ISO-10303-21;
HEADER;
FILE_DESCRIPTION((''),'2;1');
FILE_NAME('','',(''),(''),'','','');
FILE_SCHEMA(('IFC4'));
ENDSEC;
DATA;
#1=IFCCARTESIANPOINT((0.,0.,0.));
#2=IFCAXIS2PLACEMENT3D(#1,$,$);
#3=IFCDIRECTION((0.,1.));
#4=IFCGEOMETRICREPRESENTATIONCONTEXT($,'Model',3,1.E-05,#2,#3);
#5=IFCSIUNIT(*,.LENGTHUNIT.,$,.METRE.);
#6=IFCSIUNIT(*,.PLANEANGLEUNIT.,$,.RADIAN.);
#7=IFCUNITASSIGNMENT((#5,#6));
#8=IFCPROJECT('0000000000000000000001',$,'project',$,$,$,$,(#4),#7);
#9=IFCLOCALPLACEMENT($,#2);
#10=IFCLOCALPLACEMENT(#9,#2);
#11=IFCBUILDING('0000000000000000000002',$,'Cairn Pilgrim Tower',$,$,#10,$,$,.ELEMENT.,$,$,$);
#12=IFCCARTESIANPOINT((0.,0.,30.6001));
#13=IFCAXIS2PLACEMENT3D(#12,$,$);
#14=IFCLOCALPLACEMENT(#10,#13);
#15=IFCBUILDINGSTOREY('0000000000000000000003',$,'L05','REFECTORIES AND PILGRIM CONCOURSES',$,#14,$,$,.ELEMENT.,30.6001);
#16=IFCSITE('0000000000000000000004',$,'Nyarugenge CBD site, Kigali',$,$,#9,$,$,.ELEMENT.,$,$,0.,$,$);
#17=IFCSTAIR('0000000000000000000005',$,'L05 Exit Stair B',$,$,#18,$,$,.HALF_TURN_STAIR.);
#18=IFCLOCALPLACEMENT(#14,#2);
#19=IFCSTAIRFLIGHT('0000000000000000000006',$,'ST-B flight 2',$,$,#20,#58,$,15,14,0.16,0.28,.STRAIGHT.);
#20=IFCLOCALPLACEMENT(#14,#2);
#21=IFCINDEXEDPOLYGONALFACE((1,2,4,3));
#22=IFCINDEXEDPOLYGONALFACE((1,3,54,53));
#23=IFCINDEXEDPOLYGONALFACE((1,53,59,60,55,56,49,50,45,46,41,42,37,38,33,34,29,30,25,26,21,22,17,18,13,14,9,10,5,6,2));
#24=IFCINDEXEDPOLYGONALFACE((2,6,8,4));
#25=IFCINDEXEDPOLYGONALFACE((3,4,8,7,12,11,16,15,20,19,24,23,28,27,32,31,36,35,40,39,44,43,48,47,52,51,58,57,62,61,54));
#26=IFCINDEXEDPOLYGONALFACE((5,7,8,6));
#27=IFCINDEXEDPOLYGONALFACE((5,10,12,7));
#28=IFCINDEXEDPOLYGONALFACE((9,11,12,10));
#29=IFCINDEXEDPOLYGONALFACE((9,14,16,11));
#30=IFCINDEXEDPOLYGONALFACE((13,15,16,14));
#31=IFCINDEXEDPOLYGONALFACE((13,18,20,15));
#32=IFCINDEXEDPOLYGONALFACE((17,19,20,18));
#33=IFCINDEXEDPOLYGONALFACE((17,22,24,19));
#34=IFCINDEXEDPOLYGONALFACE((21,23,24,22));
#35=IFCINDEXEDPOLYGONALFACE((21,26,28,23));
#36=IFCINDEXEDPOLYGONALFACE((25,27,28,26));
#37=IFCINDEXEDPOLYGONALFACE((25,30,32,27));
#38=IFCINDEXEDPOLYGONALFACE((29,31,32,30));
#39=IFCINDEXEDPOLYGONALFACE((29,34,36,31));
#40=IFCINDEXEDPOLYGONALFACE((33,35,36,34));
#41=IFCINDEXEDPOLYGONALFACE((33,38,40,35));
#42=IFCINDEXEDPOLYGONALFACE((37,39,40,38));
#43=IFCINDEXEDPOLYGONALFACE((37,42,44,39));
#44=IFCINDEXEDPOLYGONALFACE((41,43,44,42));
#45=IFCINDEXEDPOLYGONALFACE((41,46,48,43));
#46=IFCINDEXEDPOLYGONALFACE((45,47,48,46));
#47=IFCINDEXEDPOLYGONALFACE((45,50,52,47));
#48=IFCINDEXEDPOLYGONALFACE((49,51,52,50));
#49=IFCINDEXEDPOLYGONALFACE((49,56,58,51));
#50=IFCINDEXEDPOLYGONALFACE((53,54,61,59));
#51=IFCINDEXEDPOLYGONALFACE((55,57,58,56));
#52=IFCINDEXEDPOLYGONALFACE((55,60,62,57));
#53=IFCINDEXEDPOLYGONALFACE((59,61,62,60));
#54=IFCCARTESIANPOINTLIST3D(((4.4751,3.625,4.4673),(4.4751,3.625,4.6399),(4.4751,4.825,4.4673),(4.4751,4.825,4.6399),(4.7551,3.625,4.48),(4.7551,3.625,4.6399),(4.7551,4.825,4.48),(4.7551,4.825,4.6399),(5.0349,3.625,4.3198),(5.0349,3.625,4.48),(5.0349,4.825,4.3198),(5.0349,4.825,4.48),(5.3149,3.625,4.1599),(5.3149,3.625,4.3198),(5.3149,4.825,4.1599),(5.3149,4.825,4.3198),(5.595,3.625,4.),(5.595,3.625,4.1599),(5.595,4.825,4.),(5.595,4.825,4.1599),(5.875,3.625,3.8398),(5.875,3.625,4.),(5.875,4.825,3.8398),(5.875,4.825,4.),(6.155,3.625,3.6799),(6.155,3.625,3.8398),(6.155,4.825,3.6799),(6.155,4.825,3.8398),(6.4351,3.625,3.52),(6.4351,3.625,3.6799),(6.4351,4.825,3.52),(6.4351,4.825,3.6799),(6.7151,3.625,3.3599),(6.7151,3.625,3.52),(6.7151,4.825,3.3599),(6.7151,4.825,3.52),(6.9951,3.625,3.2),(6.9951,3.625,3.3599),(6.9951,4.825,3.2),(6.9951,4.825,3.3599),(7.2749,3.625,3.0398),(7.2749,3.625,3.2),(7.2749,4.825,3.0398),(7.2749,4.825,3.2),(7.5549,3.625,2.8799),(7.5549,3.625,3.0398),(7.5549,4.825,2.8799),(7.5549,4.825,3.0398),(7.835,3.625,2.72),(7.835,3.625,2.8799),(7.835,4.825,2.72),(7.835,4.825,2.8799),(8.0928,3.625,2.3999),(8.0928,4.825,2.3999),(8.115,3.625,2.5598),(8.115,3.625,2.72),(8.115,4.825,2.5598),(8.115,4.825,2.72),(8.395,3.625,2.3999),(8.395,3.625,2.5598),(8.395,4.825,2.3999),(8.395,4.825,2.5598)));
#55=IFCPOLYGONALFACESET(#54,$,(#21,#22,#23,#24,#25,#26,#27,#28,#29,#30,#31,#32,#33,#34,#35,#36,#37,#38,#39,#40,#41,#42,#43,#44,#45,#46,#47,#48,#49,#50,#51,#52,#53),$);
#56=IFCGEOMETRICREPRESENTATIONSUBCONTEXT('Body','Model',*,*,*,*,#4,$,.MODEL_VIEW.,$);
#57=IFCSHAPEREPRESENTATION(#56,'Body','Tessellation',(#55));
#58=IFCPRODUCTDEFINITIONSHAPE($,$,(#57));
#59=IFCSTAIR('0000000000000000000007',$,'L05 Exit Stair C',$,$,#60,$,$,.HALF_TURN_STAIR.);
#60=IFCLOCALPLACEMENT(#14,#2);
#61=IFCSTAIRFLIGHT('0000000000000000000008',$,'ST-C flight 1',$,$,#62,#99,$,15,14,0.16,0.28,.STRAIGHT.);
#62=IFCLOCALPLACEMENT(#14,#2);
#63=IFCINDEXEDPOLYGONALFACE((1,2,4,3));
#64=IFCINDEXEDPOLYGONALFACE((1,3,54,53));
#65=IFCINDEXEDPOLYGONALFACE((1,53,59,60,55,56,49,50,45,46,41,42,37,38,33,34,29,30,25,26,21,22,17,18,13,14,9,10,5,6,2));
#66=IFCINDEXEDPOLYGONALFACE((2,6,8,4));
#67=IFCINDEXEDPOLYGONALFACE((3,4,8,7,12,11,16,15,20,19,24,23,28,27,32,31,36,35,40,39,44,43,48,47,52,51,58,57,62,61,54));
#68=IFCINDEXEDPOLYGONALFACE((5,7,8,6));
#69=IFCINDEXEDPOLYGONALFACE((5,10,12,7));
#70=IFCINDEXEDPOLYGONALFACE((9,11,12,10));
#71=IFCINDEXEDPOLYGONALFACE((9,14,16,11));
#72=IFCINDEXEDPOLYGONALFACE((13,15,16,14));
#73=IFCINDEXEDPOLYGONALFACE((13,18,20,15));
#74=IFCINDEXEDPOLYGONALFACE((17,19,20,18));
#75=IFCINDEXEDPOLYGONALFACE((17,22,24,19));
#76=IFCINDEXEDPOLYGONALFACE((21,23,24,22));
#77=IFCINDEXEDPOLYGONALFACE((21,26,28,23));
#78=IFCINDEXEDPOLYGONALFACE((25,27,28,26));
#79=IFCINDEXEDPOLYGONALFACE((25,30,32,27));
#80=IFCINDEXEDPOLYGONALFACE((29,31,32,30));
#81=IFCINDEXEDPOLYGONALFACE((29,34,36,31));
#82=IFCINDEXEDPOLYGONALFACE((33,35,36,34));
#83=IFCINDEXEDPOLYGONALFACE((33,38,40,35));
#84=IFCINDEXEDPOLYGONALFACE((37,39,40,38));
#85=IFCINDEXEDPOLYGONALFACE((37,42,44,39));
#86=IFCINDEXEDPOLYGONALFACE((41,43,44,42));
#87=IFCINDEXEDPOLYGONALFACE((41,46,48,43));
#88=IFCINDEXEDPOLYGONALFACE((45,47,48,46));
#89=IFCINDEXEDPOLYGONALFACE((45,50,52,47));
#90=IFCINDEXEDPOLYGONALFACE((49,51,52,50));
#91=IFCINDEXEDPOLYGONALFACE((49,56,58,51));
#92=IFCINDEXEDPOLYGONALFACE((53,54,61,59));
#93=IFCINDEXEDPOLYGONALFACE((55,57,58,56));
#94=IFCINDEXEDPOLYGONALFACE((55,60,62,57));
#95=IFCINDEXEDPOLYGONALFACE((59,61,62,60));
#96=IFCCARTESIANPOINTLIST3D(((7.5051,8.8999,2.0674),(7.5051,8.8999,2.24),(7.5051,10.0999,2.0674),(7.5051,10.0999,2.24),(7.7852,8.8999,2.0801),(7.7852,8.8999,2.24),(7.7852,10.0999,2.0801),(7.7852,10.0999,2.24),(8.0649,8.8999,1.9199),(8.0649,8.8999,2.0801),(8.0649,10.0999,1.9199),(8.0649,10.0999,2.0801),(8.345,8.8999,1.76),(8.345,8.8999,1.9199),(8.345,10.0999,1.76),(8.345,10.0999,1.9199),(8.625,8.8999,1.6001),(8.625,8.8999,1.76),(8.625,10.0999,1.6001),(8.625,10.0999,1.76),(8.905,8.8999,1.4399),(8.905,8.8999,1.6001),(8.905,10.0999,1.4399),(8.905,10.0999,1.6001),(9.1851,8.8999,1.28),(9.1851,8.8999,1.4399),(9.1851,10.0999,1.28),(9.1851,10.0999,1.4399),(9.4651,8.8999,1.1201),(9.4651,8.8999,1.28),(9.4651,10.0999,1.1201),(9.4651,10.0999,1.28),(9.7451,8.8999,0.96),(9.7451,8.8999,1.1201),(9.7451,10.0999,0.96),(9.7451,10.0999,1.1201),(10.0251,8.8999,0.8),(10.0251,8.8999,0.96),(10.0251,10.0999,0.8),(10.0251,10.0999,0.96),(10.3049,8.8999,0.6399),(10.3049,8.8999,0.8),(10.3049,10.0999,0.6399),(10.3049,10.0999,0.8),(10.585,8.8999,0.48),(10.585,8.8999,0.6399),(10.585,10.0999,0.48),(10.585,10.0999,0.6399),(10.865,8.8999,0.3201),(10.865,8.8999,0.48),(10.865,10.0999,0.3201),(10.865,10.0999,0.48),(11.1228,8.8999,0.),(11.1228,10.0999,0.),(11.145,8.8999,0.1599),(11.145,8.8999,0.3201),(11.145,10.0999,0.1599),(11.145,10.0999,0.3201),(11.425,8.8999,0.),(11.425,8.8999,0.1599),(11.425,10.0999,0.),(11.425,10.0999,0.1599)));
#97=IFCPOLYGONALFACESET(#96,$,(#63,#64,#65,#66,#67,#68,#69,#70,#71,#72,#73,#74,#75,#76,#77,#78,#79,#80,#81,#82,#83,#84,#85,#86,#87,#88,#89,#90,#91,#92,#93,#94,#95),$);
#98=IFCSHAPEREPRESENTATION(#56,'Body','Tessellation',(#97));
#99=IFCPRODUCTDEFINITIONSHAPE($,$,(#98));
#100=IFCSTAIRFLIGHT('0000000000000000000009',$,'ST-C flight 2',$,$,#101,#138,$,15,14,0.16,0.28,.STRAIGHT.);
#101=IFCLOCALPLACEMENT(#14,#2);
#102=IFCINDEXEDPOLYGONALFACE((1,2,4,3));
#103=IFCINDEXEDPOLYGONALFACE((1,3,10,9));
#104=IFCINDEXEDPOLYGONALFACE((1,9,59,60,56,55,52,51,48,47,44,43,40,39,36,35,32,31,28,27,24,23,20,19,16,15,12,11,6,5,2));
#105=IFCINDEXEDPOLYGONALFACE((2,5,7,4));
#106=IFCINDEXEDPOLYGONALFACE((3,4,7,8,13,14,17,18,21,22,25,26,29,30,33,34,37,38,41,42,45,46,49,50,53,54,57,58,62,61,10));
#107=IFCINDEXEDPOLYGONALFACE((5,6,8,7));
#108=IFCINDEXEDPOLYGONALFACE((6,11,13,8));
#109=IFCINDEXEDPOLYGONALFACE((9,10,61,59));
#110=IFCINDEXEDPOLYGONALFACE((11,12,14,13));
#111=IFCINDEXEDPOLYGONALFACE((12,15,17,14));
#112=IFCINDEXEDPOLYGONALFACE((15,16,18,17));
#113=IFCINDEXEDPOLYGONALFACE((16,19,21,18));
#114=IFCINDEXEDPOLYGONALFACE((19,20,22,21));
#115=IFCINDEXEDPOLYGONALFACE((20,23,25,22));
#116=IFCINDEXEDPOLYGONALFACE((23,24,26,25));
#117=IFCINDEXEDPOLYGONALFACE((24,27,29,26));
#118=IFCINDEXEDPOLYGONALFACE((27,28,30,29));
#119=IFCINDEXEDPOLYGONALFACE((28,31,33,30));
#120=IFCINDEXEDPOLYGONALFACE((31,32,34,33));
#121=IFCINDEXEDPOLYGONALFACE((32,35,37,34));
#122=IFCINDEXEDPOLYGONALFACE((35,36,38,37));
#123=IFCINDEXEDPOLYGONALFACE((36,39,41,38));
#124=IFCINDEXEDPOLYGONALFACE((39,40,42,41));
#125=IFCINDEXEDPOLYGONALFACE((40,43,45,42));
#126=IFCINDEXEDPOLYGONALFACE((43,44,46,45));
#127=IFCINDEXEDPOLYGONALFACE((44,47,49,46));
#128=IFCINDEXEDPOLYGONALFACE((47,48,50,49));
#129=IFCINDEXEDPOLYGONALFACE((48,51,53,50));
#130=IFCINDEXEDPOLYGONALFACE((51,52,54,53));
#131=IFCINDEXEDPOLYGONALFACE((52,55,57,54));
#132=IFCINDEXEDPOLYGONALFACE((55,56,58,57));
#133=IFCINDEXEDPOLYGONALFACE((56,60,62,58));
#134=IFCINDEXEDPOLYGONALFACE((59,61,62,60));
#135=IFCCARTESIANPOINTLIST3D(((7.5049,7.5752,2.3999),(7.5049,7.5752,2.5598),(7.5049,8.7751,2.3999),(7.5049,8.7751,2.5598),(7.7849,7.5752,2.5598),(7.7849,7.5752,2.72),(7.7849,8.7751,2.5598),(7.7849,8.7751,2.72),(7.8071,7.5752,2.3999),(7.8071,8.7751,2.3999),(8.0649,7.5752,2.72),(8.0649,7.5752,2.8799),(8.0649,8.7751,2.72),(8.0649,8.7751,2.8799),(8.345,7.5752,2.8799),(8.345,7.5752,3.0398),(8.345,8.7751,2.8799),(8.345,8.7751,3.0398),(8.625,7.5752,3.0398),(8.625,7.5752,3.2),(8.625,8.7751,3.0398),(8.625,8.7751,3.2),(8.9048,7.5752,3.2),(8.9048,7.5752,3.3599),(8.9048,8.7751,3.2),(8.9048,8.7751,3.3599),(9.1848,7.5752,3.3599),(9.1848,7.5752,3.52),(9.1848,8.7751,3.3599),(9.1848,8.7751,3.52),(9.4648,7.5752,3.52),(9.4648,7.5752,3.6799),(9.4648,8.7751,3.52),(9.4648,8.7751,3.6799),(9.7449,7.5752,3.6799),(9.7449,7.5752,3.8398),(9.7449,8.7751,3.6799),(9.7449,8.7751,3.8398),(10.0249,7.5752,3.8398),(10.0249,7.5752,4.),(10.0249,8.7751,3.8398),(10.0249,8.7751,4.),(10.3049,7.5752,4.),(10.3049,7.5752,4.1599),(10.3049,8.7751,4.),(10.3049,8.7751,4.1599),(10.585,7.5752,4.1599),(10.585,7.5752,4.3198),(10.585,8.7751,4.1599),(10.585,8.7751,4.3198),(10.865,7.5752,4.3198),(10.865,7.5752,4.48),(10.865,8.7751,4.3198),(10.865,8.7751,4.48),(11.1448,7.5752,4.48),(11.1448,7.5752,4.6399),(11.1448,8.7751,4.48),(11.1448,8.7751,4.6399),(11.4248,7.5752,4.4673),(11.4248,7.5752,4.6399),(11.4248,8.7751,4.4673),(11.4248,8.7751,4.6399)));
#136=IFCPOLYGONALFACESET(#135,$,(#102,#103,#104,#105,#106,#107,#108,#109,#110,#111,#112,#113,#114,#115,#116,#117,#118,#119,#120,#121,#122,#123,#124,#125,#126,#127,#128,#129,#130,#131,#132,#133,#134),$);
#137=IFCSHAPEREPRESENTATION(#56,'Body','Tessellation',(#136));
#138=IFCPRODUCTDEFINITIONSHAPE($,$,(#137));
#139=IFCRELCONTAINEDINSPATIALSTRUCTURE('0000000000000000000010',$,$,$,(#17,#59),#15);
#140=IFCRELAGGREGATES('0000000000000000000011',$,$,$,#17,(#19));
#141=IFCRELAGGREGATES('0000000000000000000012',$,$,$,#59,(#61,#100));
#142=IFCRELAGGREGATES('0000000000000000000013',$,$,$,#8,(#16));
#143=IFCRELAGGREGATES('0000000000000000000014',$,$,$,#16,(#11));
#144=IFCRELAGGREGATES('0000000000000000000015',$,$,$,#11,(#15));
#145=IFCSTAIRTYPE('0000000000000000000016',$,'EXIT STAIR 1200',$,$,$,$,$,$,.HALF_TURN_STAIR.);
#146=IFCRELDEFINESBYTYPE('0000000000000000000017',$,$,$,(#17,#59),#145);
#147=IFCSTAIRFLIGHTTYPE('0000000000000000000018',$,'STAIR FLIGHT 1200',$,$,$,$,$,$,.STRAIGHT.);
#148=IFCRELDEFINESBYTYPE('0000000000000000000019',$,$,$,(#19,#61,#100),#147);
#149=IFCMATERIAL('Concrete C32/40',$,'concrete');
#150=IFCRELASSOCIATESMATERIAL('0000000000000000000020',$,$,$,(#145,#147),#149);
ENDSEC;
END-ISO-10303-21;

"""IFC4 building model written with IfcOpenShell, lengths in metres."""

from ifc_helpers import new_model, si_unit, direction, frame, origin, place, context, subcontext, project, spatial, polyline, outline, extrude, material, type_object, element, aggregate, save


model = new_model("IFC4")

# Units and contexts
model_context = context("Model", 3, precision=1e-05, world=origin(), true_north=direction((0.0, 1.0)))
body_context = subcontext(model_context, "Body", "Model", "MODEL_VIEW")
ifc_project = project(units=[si_unit("LENGTHUNIT", "METRE"), si_unit("PLANEANGLEUNIT", "RADIAN")], contexts=[model_context])

# Site, building, storey
site_placement = place(None, origin())
site = spatial("IfcSite", under=ifc_project, at=site_placement, Name="Nyarugenge CBD site, Kigali", CompositionType="ELEMENT", RefElevation=0.0)
building_placement = place(site_placement, origin())
building = spatial("IfcBuilding", under=site, at=building_placement, Name="Cairn Pilgrim Tower", CompositionType="ELEMENT")
storey_placement = place(building_placement, frame((0.0, 0.0, 30.6001)))
storey = spatial("IfcBuildingStorey", under=building, at=storey_placement, Name="L05", Description="REFECTORIES AND PILGRIM CONCOURSES", CompositionType="ELEMENT", Elevation=30.6001)

# Shared definitions
ifc_material_1 = material(Name="Concrete C32/40", Category="concrete")

# Stair, stair flight
stair_type = type_object("IfcStairType", Name="EXIT STAIR 1200", PredefinedType="HALF_TURN_STAIR", material=ifc_material_1)
stair_1_placement = place(storey_placement, origin())
stair_1 = element("IfcStair", 1, at=stair_1_placement, inside=storey, type_object=stair_type, Name="L05 Exit Stair B", PredefinedType="HALF_TURN_STAIR")
stair_flight_type = type_object("IfcStairFlightType", Name="STAIR FLIGHT 1200", PredefinedType="STRAIGHT", material=ifc_material_1)
stair_flight_1_placement = place(storey_placement, frame((8.395, 4.2251, 2.3999), z_axis=(0.0, 0.0, 1.0), x_axis=(-1.0, 0.0, 0.0)))
stair_flight_1 = element("IfcStairFlight", 2, at=stair_flight_1_placement, type_object=stair_flight_type, Name="ST-B flight 2", NumberOfRisers=15, NumberOfTreads=14, PredefinedType="STRAIGHT", RiserHeight=0.16, TreadLength=0.28, context=body_context, shape_type="SweptSolid", body=[
    extrude(outline(polyline([(0.0, 0.0), (0.0, 0.1599), (0.28, 0.1599), (0.28, 0.3201), (0.5601, 0.3201), (0.5601, 0.48), (0.8401, 0.48), (0.8401, 0.6399), (1.1201, 0.6399), (1.1201, 0.8), (1.3999, 0.8), (1.3999, 0.96), (1.6799, 0.96), (1.6799, 1.1201), (1.96, 1.1201), (1.96, 1.28), (2.24, 1.28), (2.24, 1.4399), (2.52, 1.4399), (2.52, 1.6001), (2.8, 1.6001), (2.8, 1.76), (3.0801, 1.76), (3.0801, 1.9199), (3.3601, 1.9199), (3.3601, 2.0801), (3.6399, 2.0801), (3.6399, 2.24), (3.9199, 2.24), (3.9199, 2.3999), (3.9199, 2.0674), (0.3022, 0.0), (0.0, 0.0)])), frame((0.0, 0.6001, 0.0), z_axis=(0.0, -1.0, 0.0), x_axis=(1.0, 0.0, 0.0)), (0.0, 0.0, 1.0), 1.2),
])
aggregate(stair_1, [stair_flight_1])

# Stair, stair flights
stair_2_placement = place(storey_placement, origin())
stair_2 = element("IfcStair", 3, at=stair_2_placement, inside=storey, type_object=stair_type, Name="L05 Exit Stair C", PredefinedType="HALF_TURN_STAIR")
stair_flight_2_placement = place(storey_placement, frame((11.425, 9.5, 0.0), z_axis=(0.0, 0.0, 1.0), x_axis=(-1.0, 0.0, 0.0)))
stair_flight_2 = element("IfcStairFlight", 4, at=stair_flight_2_placement, type_object=stair_flight_type, Name="ST-C flight 1", NumberOfRisers=15, NumberOfTreads=14, PredefinedType="STRAIGHT", RiserHeight=0.16, TreadLength=0.28, context=body_context, shape_type="SweptSolid", body=[
    extrude(outline(polyline([(0.0, 0.0), (0.0, 0.1599), (0.28, 0.1599), (0.28, 0.3201), (0.5601, 0.3201), (0.5601, 0.48), (0.8401, 0.48), (0.8401, 0.6399), (1.1201, 0.6399), (1.1201, 0.8), (1.3999, 0.8), (1.3999, 0.96), (1.6799, 0.96), (1.6799, 1.1201), (1.96, 1.1201), (1.96, 1.28), (2.24, 1.28), (2.24, 1.4399), (2.52, 1.4399), (2.52, 1.6001), (2.8, 1.6001), (2.8, 1.76), (3.0801, 1.76), (3.0801, 1.9199), (3.3601, 1.9199), (3.3601, 2.0801), (3.6399, 2.0801), (3.6399, 2.24), (3.9199, 2.24), (3.9199, 2.3999), (3.9199, 2.0674), (0.3022, 0.0), (0.0, 0.0)])), frame((0.0, 0.6001, 0.0), z_axis=(0.0, -1.0, 0.0), x_axis=(1.0, 0.0, 0.0)), (0.0, 0.0, 1.0), 1.2),
])
stair_flight_3_placement = place(storey_placement, frame((7.5049, 8.175, 2.3999), z_axis=(0.0, 0.0, 1.0), x_axis=(1.0, 0.0, 0.0)))
stair_flight_3 = element("IfcStairFlight", 5, at=stair_flight_3_placement, type_object=stair_flight_type, Name="ST-C flight 2", NumberOfRisers=15, NumberOfTreads=14, PredefinedType="STRAIGHT", RiserHeight=0.16, TreadLength=0.28, context=body_context, shape_type="SweptSolid", body=[
    extrude(outline(polyline([(0.0, 0.0), (0.0, 0.1599), (0.28, 0.1599), (0.28, 0.3201), (0.5601, 0.3201), (0.5601, 0.48), (0.8401, 0.48), (0.8401, 0.6399), (1.1201, 0.6399), (1.1201, 0.8), (1.3999, 0.8), (1.3999, 0.96), (1.6799, 0.96), (1.6799, 1.1201), (1.96, 1.1201), (1.96, 1.28), (2.24, 1.28), (2.24, 1.4399), (2.52, 1.4399), (2.52, 1.6001), (2.8, 1.6001), (2.8, 1.76), (3.0801, 1.76), (3.0801, 1.9199), (3.3601, 1.9199), (3.3601, 2.0801), (3.6399, 2.0801), (3.6399, 2.24), (3.9199, 2.24), (3.9199, 2.3999), (3.9199, 2.0674), (0.3022, 0.0), (0.0, 0.0)])), frame((0.0, 0.6001, 0.0), z_axis=(0.0, -1.0, 0.0), x_axis=(1.0, 0.0, 0.0)), (0.0, 0.0, 1.0), 1.2),
])
aggregate(stair_2, [stair_flight_2, stair_flight_3])

save(model, "model.ifc")
